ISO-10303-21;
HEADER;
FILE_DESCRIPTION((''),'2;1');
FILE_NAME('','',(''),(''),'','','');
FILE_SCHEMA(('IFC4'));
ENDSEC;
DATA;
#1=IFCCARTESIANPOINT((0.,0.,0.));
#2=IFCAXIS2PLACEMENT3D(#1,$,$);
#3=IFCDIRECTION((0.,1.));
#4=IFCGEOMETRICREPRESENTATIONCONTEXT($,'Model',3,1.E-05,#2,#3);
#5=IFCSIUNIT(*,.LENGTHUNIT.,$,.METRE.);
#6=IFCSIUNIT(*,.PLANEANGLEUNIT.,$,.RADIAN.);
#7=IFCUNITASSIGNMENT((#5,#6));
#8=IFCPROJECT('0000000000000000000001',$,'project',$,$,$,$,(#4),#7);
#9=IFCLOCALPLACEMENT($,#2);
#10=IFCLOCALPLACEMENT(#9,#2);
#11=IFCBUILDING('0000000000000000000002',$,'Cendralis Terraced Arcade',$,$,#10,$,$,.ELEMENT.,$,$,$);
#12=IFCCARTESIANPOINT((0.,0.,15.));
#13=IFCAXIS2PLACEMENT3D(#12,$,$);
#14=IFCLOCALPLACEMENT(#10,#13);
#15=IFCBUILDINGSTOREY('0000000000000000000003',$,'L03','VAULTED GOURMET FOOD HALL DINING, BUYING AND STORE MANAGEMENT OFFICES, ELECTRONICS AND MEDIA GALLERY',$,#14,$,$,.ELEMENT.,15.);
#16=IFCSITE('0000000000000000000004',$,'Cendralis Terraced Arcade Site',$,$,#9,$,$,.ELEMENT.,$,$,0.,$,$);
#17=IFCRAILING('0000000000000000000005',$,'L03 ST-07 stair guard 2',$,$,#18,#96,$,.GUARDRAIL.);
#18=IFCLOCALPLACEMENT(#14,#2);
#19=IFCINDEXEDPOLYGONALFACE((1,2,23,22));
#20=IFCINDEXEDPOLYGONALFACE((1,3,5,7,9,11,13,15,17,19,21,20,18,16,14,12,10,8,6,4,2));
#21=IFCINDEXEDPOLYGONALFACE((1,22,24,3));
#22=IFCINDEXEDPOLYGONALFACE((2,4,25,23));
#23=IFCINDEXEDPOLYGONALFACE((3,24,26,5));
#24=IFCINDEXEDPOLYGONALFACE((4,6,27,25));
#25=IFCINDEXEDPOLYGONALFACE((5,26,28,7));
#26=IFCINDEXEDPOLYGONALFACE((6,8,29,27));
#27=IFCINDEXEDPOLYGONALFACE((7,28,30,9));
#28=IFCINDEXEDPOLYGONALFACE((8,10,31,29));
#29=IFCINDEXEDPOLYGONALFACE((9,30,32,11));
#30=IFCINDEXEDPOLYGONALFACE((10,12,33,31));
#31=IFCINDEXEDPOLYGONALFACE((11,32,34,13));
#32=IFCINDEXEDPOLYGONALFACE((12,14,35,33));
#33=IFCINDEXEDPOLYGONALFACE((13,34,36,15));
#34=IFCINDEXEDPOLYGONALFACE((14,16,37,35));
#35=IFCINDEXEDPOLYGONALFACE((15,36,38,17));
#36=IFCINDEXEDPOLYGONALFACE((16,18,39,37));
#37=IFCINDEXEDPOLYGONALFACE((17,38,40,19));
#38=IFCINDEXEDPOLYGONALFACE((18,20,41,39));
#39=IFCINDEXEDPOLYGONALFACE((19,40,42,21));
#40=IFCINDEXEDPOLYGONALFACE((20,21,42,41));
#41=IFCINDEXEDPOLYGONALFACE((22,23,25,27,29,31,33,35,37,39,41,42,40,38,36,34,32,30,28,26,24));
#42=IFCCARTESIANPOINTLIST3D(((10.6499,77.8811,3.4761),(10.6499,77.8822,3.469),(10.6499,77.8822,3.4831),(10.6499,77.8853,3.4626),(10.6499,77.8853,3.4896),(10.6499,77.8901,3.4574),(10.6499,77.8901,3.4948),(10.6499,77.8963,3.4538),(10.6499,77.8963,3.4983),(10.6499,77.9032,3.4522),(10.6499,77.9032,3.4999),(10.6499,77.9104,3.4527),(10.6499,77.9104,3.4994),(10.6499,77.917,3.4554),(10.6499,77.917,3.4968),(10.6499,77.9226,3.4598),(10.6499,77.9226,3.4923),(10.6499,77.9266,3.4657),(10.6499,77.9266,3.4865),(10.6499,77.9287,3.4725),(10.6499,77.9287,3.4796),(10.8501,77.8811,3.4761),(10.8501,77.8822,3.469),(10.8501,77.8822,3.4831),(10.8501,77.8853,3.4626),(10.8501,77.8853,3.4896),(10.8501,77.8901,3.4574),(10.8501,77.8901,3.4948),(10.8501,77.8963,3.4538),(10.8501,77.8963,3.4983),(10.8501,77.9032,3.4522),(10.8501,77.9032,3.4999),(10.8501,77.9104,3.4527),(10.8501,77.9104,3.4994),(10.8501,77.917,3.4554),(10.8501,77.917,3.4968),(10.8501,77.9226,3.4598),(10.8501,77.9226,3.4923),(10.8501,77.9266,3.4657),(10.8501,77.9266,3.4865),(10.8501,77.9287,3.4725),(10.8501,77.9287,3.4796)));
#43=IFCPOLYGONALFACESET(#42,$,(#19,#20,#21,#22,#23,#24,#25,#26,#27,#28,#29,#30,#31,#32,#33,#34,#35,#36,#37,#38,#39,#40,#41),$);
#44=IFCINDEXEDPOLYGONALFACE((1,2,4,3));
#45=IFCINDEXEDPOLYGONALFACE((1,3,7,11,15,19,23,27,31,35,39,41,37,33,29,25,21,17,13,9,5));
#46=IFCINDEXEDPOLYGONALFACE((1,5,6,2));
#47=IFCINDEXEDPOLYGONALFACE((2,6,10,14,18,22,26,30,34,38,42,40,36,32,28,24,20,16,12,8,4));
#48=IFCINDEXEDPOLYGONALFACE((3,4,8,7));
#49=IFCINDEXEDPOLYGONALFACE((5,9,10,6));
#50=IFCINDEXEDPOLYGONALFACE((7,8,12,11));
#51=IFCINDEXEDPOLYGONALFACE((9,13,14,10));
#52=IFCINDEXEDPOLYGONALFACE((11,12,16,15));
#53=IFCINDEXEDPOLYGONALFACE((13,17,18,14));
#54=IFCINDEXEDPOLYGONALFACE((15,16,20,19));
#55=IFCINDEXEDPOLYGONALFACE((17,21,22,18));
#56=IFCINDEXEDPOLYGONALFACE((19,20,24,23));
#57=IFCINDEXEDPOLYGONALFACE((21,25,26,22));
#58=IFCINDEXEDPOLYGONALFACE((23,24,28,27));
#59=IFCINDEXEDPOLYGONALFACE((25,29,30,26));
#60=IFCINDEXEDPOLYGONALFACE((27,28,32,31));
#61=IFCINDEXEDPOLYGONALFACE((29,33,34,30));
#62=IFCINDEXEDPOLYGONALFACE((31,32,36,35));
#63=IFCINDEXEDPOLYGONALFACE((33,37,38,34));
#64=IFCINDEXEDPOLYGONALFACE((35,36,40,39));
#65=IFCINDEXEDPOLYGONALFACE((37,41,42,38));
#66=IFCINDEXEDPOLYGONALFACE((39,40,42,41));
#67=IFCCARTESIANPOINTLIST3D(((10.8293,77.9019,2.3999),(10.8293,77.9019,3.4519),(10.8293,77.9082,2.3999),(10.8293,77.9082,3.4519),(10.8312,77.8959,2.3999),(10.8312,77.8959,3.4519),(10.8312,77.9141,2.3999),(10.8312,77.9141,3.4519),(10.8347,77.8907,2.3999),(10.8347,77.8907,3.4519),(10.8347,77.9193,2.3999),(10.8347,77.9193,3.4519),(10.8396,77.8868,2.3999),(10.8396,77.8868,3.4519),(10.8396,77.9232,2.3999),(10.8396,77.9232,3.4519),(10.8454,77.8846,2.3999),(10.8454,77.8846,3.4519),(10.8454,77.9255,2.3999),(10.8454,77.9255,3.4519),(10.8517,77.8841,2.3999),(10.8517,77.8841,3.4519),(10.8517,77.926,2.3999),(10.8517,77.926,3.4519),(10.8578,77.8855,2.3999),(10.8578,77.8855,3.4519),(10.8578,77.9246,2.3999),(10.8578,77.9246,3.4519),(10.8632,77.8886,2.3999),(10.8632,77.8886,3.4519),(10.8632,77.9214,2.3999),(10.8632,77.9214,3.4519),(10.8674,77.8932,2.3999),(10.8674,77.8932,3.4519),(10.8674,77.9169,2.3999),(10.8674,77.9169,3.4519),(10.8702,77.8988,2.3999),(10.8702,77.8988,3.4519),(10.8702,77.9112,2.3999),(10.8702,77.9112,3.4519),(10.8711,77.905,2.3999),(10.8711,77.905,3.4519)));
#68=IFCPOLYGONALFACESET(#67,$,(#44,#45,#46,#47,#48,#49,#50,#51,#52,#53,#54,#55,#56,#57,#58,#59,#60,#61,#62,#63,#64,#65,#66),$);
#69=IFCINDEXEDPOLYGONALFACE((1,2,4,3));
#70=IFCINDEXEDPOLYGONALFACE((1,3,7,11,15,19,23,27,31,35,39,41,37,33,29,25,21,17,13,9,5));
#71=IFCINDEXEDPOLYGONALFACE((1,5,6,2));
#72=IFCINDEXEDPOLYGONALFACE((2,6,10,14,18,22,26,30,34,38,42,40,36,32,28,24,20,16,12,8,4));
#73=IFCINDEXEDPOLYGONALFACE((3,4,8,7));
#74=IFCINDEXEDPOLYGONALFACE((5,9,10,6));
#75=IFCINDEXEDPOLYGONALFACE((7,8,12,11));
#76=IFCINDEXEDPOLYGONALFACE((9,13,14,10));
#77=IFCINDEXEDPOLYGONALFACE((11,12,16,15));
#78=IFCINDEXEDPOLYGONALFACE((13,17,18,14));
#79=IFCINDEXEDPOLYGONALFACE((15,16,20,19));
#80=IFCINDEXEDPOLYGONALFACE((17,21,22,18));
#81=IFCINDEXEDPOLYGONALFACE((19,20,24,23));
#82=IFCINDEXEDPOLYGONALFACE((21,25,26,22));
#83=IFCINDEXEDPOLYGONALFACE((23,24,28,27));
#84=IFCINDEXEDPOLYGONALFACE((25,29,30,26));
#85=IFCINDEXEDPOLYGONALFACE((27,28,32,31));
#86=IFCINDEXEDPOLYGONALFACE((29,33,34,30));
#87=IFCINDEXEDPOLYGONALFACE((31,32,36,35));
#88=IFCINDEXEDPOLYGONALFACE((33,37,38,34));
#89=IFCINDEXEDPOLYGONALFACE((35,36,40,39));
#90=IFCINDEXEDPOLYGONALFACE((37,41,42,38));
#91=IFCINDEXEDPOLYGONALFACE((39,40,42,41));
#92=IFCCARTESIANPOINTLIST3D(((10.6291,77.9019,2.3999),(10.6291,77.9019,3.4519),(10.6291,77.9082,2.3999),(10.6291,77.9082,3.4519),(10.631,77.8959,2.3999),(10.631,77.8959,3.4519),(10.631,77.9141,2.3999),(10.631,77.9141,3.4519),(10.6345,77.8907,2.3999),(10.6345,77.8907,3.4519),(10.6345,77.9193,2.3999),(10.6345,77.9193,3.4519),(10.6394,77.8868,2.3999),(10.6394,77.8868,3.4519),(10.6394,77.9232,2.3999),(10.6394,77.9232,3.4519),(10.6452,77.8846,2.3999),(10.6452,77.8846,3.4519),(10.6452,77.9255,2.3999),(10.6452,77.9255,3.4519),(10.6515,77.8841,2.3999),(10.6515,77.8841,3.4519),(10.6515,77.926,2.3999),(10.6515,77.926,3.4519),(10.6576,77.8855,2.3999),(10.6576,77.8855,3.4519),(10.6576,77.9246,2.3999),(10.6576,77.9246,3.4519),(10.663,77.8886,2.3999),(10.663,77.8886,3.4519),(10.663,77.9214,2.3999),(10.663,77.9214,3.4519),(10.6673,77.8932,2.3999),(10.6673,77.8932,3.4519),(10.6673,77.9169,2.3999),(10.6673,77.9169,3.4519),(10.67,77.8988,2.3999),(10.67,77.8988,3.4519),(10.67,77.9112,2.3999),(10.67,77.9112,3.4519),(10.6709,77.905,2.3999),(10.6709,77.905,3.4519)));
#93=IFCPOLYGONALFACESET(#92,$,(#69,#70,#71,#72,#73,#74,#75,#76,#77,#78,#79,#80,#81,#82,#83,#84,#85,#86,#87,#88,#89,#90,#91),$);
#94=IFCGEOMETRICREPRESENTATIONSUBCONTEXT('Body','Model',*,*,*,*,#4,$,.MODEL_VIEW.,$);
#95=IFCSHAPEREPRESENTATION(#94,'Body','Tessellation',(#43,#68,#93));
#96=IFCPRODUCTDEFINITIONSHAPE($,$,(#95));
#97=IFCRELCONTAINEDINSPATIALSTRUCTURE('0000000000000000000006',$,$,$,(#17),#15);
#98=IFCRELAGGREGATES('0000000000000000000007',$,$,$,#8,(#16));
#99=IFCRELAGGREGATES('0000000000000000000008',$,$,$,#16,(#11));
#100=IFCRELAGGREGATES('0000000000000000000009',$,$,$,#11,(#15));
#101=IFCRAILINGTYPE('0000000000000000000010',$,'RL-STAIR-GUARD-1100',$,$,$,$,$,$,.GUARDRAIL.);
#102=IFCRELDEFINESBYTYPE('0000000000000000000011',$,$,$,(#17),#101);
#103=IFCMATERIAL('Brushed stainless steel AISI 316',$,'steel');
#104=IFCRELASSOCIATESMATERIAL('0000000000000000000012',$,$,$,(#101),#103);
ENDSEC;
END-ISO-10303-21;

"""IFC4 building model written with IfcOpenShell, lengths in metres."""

from ifc_helpers import new_model, si_unit, direction, frame, origin, origin_2d, place, context, subcontext, project, spatial, circle, extrude, material, type_object, element, save


model = new_model("IFC4")

# Units and contexts
model_context = context("Model", 3, precision=1e-05, world=origin(), true_north=direction((0.0, 1.0)))
body_context = subcontext(model_context, "Body", "Model", "MODEL_VIEW")
ifc_project = project(units=[si_unit("LENGTHUNIT", "METRE"), si_unit("PLANEANGLEUNIT", "RADIAN")], contexts=[model_context])

# Site, building, storey
site_placement = place(None, origin())
site = spatial("IfcSite", under=ifc_project, at=site_placement, Name="Cendralis Terraced Arcade Site", CompositionType="ELEMENT", RefElevation=0.0)
building_placement = place(site_placement, origin())
building = spatial("IfcBuilding", under=site, at=building_placement, Name="Cendralis Terraced Arcade", CompositionType="ELEMENT")
storey_placement = place(building_placement, frame((0.0, 0.0, 15.0)))
storey = spatial("IfcBuildingStorey", under=building, at=storey_placement, Name="L03", Description="VAULTED GOURMET FOOD HALL DINING, BUYING AND STORE MANAGEMENT OFFICES, ELECTRONICS AND MEDIA GALLERY", CompositionType="ELEMENT", Elevation=15.0)

# Railing
ifc_material_1 = material(Name="Brushed stainless steel AISI 316", Category="steel")
railing_type_1 = type_object("IfcRailingType", Name="RL-STAIR-GUARD-1100", PredefinedType="GUARDRAIL", material=ifc_material_1)
railing_1_placement = place(storey_placement, frame((10.8501, 77.905, 2.3999)))
element("IfcRailing", 1, at=railing_1_placement, inside=storey, type_object=railing_type_1, Name="L03 ST-07 stair guard 2", PredefinedType="GUARDRAIL", context=body_context, shape_type="SweptSolid", body=[
    extrude(circle(Radius=0.0239, at=origin_2d()), frame((0.0, 0.0, 1.0762), z_axis=(-1.0, 0.0, 0.0), x_axis=(0.0, -1.0, 0.0)), (0.0, 0.0, 1.0), 0.2002),
    extrude(circle(Radius=0.021, at=origin_2d()), origin(), (0.0, 0.0, 1.0), 1.052),
    extrude(circle(Radius=0.021, at=origin_2d()), frame((-0.2002, 0.0, 0.0)), (0.0, 0.0, 1.0), 1.052),
])

save(model, "model.ifc")
